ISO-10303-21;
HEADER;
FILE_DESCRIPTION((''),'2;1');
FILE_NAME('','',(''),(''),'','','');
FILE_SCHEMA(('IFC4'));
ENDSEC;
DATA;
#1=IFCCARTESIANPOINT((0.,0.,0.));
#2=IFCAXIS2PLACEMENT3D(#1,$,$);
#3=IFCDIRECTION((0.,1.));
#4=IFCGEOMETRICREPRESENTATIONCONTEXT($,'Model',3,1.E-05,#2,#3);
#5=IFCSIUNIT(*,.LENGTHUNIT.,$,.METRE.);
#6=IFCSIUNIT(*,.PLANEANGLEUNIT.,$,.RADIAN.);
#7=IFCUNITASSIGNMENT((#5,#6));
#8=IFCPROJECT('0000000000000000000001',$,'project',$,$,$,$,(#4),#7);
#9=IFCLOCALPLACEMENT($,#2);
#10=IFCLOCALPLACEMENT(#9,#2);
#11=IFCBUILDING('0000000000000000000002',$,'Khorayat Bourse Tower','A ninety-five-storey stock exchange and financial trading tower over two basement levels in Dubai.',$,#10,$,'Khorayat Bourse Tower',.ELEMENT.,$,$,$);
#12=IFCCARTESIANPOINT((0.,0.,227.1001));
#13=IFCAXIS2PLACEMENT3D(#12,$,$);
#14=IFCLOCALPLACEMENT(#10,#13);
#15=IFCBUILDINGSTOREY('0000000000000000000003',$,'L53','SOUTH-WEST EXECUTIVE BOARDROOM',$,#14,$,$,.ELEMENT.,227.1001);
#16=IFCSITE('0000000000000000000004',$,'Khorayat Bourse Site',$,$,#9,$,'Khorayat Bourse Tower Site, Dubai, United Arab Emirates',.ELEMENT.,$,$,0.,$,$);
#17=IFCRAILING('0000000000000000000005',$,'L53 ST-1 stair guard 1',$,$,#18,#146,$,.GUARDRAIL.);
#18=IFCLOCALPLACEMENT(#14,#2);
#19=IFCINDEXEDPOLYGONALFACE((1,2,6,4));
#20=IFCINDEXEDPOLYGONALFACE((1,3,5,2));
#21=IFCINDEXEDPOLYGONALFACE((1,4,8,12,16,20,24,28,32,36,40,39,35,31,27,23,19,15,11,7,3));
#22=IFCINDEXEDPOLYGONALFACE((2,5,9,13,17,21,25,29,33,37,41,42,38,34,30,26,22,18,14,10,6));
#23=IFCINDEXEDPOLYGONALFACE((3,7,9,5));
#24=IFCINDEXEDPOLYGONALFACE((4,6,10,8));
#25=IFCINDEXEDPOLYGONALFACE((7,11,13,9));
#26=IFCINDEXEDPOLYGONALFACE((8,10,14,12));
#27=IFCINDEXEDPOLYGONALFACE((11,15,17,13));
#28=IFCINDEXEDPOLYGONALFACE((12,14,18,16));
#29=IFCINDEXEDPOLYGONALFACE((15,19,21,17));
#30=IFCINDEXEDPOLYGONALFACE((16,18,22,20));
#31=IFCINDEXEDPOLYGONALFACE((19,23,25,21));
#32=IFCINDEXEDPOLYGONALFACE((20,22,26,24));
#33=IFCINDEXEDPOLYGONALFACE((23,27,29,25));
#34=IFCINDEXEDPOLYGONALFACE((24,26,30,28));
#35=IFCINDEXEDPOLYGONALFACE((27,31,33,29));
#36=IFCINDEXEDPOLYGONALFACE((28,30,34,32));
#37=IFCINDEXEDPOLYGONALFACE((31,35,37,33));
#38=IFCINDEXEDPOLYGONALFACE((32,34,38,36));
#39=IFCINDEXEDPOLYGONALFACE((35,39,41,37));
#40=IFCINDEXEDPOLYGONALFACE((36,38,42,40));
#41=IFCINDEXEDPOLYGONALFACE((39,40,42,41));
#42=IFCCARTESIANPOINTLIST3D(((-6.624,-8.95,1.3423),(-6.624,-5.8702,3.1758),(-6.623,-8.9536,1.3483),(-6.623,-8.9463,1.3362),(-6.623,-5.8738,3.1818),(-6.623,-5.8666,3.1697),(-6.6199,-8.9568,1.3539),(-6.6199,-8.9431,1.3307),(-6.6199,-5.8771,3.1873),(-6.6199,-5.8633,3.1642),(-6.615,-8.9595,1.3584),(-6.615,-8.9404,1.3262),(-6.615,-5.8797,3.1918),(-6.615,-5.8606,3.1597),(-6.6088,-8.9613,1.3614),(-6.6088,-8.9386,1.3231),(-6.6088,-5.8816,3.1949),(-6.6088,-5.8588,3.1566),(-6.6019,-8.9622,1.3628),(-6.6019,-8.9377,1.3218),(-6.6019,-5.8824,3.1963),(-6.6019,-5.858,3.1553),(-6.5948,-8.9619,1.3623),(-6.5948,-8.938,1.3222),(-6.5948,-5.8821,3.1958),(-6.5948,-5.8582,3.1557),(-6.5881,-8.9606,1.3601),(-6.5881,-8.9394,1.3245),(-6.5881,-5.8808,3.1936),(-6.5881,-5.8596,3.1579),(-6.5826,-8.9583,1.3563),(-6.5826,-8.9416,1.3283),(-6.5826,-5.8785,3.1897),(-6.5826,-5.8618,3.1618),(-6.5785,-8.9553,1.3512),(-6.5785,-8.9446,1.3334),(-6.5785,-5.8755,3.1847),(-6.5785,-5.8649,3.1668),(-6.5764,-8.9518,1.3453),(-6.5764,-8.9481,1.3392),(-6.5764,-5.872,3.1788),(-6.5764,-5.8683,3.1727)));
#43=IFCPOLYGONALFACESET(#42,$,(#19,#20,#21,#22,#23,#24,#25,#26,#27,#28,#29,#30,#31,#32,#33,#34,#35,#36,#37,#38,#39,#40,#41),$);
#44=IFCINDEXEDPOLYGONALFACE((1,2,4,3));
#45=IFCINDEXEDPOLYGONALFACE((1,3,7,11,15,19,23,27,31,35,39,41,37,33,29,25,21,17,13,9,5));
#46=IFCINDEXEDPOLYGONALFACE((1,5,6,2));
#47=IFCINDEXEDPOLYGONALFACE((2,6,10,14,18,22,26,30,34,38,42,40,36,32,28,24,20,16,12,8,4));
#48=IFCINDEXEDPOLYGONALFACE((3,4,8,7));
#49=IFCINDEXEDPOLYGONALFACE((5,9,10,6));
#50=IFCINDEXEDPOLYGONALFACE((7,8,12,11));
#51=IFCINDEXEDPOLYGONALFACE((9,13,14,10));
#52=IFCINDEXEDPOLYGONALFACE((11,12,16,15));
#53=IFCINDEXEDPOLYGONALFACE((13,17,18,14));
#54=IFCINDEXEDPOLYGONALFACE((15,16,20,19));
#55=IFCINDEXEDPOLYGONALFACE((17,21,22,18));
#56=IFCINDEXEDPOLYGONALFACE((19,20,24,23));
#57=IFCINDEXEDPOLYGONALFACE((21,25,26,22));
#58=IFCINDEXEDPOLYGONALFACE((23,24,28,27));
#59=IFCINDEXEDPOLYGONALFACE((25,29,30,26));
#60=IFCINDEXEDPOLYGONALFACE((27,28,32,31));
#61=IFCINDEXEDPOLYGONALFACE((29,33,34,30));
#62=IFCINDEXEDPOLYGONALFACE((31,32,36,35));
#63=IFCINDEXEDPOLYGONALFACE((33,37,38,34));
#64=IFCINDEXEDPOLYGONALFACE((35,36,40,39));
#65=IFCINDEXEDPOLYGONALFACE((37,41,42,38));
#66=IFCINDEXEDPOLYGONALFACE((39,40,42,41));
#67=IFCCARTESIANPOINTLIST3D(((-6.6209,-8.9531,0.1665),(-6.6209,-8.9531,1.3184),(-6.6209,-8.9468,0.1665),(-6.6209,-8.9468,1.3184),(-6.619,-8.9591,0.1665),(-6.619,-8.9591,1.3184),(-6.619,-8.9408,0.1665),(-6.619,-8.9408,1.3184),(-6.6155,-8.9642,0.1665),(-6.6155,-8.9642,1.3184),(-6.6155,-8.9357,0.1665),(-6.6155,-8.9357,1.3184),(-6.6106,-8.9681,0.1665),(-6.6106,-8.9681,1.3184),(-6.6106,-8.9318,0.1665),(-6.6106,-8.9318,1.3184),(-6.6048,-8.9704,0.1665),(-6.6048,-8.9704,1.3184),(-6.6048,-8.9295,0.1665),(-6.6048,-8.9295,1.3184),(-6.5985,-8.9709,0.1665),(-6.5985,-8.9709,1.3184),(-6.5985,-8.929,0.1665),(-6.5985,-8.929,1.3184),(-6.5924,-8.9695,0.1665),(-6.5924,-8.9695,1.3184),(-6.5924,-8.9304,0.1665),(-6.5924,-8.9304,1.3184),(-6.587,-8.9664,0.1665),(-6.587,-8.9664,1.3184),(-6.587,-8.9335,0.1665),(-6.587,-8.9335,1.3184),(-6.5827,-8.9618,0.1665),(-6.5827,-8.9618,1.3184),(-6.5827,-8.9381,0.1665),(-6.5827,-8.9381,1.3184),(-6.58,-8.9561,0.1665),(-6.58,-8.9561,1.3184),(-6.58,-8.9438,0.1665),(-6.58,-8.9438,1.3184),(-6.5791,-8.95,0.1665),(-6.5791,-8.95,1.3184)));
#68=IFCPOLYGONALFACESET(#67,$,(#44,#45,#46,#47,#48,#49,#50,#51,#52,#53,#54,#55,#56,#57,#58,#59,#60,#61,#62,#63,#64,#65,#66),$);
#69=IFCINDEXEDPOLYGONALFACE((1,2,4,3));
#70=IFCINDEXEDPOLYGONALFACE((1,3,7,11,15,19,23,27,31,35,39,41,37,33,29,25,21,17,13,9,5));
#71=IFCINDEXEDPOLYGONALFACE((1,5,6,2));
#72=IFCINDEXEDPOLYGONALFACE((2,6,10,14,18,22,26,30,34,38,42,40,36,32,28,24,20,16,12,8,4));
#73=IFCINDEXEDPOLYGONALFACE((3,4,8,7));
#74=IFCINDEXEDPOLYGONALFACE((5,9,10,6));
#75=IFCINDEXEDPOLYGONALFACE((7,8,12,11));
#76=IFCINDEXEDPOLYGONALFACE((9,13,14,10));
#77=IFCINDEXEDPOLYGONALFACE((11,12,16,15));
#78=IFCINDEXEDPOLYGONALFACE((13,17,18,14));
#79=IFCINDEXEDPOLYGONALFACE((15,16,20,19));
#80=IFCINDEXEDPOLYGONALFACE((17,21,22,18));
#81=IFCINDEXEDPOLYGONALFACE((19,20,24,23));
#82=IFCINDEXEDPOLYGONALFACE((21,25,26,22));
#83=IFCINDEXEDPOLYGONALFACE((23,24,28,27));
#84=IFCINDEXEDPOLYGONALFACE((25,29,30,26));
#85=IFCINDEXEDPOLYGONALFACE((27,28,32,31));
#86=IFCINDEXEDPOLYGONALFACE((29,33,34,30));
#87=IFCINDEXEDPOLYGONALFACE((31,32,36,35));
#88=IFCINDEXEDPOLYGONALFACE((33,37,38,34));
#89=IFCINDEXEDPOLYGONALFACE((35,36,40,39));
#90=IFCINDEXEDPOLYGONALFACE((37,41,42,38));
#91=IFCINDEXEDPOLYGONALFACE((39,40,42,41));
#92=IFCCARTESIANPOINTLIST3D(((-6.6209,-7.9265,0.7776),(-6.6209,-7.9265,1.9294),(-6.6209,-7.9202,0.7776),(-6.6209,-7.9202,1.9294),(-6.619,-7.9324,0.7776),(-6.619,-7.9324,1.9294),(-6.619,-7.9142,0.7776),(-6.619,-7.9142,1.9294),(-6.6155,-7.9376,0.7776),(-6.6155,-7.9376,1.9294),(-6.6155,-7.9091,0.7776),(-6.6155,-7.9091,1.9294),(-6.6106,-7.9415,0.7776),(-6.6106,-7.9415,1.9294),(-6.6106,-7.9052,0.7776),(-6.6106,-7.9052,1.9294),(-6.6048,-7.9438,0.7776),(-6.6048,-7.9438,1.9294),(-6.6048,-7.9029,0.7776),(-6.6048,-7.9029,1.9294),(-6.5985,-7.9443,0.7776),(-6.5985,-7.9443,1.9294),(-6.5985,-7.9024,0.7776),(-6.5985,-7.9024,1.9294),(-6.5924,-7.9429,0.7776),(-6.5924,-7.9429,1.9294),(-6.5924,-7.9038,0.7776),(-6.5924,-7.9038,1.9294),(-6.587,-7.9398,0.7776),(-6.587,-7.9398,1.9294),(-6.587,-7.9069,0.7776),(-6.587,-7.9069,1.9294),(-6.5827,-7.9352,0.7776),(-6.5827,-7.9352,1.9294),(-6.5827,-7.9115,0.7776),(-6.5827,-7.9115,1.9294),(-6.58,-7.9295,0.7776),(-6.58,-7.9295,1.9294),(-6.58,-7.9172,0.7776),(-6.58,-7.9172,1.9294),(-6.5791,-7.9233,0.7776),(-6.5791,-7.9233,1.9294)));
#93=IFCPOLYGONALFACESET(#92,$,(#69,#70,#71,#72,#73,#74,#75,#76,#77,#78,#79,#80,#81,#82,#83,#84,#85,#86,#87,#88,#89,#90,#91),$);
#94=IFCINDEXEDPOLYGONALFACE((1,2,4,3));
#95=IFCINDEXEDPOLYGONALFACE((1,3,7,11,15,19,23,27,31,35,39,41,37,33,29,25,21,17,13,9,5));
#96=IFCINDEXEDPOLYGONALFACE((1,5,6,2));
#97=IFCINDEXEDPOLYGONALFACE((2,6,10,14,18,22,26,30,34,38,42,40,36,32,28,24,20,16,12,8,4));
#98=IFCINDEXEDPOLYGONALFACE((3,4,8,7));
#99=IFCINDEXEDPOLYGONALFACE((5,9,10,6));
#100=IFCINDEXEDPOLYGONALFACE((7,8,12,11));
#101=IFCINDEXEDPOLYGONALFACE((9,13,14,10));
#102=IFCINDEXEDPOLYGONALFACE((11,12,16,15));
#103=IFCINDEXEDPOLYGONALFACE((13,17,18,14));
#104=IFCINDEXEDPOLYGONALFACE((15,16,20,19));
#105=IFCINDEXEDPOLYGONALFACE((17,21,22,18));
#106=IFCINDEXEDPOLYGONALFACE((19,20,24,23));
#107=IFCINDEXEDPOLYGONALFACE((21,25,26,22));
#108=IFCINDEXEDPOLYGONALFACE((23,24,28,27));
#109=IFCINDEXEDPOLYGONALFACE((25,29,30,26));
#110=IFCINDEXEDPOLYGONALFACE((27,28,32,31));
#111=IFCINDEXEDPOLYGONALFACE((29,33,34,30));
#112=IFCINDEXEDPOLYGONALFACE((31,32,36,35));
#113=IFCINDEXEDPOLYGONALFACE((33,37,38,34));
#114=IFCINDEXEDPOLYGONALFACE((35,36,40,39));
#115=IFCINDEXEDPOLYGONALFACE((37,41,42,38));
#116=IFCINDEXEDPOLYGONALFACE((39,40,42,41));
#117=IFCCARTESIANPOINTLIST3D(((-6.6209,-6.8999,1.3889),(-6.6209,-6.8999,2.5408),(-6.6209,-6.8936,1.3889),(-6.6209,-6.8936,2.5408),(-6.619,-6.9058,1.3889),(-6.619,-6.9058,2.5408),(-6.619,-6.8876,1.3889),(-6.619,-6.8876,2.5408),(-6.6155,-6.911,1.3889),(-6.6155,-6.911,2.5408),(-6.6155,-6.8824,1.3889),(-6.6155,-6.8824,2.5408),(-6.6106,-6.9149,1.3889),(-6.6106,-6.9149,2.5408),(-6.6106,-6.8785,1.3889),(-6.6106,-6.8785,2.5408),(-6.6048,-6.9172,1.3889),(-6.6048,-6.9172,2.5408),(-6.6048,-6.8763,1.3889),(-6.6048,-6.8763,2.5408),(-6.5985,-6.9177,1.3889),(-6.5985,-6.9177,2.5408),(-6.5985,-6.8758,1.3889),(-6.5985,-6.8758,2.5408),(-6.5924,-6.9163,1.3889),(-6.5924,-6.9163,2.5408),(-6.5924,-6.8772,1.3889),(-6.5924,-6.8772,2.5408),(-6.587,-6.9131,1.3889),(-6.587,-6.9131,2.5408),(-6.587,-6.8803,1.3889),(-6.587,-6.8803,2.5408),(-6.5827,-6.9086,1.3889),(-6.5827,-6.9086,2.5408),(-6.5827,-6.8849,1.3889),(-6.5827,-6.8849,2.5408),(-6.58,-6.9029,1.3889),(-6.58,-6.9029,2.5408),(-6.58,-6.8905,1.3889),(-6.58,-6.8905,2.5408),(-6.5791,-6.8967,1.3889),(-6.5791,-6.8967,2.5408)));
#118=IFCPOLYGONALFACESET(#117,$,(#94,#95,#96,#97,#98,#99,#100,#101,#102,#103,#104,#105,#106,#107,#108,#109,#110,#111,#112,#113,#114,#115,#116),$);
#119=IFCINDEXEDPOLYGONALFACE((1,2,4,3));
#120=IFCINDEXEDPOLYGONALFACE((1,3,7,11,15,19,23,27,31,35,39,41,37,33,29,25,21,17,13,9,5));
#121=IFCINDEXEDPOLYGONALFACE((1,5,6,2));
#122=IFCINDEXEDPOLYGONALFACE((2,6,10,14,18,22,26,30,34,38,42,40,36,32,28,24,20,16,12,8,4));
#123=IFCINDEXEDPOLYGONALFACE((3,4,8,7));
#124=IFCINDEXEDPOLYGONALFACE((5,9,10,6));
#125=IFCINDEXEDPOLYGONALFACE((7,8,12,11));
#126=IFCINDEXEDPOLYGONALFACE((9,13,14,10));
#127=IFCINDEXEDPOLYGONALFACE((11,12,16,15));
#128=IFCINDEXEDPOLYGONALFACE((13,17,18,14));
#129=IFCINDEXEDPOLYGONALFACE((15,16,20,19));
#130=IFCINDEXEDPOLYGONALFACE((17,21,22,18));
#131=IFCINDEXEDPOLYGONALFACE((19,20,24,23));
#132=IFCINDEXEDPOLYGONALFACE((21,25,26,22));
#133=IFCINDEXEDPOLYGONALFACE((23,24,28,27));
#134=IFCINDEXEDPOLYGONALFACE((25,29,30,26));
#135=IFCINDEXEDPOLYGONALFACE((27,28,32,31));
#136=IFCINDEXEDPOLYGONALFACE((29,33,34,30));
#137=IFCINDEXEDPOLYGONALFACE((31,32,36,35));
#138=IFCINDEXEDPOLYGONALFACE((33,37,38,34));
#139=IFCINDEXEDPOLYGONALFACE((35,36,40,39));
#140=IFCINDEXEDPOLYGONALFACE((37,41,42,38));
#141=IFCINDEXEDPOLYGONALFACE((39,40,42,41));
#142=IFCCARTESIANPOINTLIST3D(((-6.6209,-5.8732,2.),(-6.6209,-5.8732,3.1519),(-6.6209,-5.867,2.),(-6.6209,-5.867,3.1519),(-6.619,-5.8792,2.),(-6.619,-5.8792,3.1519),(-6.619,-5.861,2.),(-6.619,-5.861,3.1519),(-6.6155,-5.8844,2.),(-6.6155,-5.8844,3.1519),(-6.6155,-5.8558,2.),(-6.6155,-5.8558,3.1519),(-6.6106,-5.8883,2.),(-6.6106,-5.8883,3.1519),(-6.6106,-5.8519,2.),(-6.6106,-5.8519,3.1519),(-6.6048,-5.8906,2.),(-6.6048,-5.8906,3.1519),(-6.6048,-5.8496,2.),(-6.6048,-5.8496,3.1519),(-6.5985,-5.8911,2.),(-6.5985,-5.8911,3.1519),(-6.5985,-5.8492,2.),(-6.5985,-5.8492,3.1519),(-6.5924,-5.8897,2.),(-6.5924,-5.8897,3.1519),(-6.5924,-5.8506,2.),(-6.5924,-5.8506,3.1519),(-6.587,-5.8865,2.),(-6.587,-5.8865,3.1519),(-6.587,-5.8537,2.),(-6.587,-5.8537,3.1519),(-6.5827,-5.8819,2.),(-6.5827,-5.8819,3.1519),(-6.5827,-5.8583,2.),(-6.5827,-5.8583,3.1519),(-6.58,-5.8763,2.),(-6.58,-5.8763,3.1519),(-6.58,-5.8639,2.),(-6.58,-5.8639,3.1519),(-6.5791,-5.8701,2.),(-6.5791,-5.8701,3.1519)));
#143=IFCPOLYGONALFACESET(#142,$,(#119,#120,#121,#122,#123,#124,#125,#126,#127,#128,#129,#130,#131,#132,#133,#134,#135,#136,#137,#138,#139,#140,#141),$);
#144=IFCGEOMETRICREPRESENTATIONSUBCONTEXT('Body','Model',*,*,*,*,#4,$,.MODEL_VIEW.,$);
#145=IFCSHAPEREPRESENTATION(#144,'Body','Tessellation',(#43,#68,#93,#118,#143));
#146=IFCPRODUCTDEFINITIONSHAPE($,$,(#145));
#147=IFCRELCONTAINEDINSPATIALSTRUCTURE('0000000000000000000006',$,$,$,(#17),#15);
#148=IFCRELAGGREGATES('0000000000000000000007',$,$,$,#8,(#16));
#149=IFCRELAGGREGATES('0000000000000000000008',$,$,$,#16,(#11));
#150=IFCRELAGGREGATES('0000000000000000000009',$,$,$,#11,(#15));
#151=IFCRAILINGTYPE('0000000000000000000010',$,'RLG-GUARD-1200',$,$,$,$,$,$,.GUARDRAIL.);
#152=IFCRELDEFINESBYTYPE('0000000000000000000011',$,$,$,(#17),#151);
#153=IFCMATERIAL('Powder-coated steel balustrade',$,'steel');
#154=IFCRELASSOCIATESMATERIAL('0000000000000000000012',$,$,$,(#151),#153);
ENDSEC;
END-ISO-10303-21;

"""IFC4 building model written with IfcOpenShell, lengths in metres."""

from ifc_helpers import new_model, si_unit, direction, frame, origin, origin_2d, place, context, subcontext, project, spatial, circle, extrude, source, transform, mapped, material, type_object, element, save


model = new_model("IFC4")

# Units and contexts
model_context = context("Model", 3, precision=1e-05, world=origin(), true_north=direction((0.0, 1.0)))
body_context = subcontext(model_context, "Body", "Model", "MODEL_VIEW")
ifc_project = project(units=[si_unit("LENGTHUNIT", "METRE"), si_unit("PLANEANGLEUNIT", "RADIAN")], contexts=[model_context])

# Site, building, storey
site_placement = place(None, origin())
site = spatial("IfcSite", under=ifc_project, at=site_placement, Name="Khorayat Bourse Site", LongName="Khorayat Bourse Tower Site, Dubai, United Arab Emirates", CompositionType="ELEMENT", RefElevation=0.0)
building_placement = place(site_placement, origin())
building = spatial("IfcBuilding", under=site, at=building_placement, Name="Khorayat Bourse Tower", Description="A ninety-five-storey stock exchange and financial trading tower over two basement levels in Dubai.", LongName="Khorayat Bourse Tower", CompositionType="ELEMENT")
storey_placement = place(building_placement, frame((0.0, 0.0, 227.1001)))
storey = spatial("IfcBuildingStorey", under=building, at=storey_placement, Name="L53", Description="SOUTH-WEST EXECUTIVE BOARDROOM", CompositionType="ELEMENT", Elevation=227.1001)

# Railing
ifc_material_1 = material(Name="Powder-coated steel balustrade", Category="steel")
railing_type_1 = type_object("IfcRailingType", Name="RLG-GUARD-1200", PredefinedType="GUARDRAIL", material=ifc_material_1)
shared_shape_1 = source(origin(), body_context, "Body", "SweptSolid", [
    extrude(circle(Radius=0.0239, at=origin_2d()), frame((0.0, 0.0, 1.1758), z_axis=(0.0, 0.859261, 0.511538), x_axis=(-1.0, 0.0, 0.0)), (0.0, 0.0, 1.0), 3.5842),
    extrude(circle(Radius=0.021, at=origin_2d()), origin(), (0.0, 0.0, 1.0), 1.1519),
    extrude(circle(Radius=0.021, at=origin_2d()), frame((0.0, 1.0266, 0.6111)), (0.0, 0.0, 1.0), 1.1519),
    extrude(circle(Radius=0.021, at=origin_2d()), frame((0.0, 2.0532, 1.2224)), (0.0, 0.0, 1.0), 1.1519),
    extrude(circle(Radius=0.021, at=origin_2d()), frame((0.0, 3.0798, 1.8335)), (0.0, 0.0, 1.0), 1.1519),
])
railing_1_placement = place(storey_placement, frame((-6.6001, -8.95, 0.1665)))
element("IfcRailing", 1, at=railing_1_placement, inside=storey, type_object=railing_type_1, Name="L53 ST-1 stair guard 1", PredefinedType="GUARDRAIL", context=body_context, shape_type="MappedRepresentation", body=[
    mapped(shared_shape_1, transform((0.0, 0.0, 0.0), scale=1.0)),
])

save(model, "model.ifc")
